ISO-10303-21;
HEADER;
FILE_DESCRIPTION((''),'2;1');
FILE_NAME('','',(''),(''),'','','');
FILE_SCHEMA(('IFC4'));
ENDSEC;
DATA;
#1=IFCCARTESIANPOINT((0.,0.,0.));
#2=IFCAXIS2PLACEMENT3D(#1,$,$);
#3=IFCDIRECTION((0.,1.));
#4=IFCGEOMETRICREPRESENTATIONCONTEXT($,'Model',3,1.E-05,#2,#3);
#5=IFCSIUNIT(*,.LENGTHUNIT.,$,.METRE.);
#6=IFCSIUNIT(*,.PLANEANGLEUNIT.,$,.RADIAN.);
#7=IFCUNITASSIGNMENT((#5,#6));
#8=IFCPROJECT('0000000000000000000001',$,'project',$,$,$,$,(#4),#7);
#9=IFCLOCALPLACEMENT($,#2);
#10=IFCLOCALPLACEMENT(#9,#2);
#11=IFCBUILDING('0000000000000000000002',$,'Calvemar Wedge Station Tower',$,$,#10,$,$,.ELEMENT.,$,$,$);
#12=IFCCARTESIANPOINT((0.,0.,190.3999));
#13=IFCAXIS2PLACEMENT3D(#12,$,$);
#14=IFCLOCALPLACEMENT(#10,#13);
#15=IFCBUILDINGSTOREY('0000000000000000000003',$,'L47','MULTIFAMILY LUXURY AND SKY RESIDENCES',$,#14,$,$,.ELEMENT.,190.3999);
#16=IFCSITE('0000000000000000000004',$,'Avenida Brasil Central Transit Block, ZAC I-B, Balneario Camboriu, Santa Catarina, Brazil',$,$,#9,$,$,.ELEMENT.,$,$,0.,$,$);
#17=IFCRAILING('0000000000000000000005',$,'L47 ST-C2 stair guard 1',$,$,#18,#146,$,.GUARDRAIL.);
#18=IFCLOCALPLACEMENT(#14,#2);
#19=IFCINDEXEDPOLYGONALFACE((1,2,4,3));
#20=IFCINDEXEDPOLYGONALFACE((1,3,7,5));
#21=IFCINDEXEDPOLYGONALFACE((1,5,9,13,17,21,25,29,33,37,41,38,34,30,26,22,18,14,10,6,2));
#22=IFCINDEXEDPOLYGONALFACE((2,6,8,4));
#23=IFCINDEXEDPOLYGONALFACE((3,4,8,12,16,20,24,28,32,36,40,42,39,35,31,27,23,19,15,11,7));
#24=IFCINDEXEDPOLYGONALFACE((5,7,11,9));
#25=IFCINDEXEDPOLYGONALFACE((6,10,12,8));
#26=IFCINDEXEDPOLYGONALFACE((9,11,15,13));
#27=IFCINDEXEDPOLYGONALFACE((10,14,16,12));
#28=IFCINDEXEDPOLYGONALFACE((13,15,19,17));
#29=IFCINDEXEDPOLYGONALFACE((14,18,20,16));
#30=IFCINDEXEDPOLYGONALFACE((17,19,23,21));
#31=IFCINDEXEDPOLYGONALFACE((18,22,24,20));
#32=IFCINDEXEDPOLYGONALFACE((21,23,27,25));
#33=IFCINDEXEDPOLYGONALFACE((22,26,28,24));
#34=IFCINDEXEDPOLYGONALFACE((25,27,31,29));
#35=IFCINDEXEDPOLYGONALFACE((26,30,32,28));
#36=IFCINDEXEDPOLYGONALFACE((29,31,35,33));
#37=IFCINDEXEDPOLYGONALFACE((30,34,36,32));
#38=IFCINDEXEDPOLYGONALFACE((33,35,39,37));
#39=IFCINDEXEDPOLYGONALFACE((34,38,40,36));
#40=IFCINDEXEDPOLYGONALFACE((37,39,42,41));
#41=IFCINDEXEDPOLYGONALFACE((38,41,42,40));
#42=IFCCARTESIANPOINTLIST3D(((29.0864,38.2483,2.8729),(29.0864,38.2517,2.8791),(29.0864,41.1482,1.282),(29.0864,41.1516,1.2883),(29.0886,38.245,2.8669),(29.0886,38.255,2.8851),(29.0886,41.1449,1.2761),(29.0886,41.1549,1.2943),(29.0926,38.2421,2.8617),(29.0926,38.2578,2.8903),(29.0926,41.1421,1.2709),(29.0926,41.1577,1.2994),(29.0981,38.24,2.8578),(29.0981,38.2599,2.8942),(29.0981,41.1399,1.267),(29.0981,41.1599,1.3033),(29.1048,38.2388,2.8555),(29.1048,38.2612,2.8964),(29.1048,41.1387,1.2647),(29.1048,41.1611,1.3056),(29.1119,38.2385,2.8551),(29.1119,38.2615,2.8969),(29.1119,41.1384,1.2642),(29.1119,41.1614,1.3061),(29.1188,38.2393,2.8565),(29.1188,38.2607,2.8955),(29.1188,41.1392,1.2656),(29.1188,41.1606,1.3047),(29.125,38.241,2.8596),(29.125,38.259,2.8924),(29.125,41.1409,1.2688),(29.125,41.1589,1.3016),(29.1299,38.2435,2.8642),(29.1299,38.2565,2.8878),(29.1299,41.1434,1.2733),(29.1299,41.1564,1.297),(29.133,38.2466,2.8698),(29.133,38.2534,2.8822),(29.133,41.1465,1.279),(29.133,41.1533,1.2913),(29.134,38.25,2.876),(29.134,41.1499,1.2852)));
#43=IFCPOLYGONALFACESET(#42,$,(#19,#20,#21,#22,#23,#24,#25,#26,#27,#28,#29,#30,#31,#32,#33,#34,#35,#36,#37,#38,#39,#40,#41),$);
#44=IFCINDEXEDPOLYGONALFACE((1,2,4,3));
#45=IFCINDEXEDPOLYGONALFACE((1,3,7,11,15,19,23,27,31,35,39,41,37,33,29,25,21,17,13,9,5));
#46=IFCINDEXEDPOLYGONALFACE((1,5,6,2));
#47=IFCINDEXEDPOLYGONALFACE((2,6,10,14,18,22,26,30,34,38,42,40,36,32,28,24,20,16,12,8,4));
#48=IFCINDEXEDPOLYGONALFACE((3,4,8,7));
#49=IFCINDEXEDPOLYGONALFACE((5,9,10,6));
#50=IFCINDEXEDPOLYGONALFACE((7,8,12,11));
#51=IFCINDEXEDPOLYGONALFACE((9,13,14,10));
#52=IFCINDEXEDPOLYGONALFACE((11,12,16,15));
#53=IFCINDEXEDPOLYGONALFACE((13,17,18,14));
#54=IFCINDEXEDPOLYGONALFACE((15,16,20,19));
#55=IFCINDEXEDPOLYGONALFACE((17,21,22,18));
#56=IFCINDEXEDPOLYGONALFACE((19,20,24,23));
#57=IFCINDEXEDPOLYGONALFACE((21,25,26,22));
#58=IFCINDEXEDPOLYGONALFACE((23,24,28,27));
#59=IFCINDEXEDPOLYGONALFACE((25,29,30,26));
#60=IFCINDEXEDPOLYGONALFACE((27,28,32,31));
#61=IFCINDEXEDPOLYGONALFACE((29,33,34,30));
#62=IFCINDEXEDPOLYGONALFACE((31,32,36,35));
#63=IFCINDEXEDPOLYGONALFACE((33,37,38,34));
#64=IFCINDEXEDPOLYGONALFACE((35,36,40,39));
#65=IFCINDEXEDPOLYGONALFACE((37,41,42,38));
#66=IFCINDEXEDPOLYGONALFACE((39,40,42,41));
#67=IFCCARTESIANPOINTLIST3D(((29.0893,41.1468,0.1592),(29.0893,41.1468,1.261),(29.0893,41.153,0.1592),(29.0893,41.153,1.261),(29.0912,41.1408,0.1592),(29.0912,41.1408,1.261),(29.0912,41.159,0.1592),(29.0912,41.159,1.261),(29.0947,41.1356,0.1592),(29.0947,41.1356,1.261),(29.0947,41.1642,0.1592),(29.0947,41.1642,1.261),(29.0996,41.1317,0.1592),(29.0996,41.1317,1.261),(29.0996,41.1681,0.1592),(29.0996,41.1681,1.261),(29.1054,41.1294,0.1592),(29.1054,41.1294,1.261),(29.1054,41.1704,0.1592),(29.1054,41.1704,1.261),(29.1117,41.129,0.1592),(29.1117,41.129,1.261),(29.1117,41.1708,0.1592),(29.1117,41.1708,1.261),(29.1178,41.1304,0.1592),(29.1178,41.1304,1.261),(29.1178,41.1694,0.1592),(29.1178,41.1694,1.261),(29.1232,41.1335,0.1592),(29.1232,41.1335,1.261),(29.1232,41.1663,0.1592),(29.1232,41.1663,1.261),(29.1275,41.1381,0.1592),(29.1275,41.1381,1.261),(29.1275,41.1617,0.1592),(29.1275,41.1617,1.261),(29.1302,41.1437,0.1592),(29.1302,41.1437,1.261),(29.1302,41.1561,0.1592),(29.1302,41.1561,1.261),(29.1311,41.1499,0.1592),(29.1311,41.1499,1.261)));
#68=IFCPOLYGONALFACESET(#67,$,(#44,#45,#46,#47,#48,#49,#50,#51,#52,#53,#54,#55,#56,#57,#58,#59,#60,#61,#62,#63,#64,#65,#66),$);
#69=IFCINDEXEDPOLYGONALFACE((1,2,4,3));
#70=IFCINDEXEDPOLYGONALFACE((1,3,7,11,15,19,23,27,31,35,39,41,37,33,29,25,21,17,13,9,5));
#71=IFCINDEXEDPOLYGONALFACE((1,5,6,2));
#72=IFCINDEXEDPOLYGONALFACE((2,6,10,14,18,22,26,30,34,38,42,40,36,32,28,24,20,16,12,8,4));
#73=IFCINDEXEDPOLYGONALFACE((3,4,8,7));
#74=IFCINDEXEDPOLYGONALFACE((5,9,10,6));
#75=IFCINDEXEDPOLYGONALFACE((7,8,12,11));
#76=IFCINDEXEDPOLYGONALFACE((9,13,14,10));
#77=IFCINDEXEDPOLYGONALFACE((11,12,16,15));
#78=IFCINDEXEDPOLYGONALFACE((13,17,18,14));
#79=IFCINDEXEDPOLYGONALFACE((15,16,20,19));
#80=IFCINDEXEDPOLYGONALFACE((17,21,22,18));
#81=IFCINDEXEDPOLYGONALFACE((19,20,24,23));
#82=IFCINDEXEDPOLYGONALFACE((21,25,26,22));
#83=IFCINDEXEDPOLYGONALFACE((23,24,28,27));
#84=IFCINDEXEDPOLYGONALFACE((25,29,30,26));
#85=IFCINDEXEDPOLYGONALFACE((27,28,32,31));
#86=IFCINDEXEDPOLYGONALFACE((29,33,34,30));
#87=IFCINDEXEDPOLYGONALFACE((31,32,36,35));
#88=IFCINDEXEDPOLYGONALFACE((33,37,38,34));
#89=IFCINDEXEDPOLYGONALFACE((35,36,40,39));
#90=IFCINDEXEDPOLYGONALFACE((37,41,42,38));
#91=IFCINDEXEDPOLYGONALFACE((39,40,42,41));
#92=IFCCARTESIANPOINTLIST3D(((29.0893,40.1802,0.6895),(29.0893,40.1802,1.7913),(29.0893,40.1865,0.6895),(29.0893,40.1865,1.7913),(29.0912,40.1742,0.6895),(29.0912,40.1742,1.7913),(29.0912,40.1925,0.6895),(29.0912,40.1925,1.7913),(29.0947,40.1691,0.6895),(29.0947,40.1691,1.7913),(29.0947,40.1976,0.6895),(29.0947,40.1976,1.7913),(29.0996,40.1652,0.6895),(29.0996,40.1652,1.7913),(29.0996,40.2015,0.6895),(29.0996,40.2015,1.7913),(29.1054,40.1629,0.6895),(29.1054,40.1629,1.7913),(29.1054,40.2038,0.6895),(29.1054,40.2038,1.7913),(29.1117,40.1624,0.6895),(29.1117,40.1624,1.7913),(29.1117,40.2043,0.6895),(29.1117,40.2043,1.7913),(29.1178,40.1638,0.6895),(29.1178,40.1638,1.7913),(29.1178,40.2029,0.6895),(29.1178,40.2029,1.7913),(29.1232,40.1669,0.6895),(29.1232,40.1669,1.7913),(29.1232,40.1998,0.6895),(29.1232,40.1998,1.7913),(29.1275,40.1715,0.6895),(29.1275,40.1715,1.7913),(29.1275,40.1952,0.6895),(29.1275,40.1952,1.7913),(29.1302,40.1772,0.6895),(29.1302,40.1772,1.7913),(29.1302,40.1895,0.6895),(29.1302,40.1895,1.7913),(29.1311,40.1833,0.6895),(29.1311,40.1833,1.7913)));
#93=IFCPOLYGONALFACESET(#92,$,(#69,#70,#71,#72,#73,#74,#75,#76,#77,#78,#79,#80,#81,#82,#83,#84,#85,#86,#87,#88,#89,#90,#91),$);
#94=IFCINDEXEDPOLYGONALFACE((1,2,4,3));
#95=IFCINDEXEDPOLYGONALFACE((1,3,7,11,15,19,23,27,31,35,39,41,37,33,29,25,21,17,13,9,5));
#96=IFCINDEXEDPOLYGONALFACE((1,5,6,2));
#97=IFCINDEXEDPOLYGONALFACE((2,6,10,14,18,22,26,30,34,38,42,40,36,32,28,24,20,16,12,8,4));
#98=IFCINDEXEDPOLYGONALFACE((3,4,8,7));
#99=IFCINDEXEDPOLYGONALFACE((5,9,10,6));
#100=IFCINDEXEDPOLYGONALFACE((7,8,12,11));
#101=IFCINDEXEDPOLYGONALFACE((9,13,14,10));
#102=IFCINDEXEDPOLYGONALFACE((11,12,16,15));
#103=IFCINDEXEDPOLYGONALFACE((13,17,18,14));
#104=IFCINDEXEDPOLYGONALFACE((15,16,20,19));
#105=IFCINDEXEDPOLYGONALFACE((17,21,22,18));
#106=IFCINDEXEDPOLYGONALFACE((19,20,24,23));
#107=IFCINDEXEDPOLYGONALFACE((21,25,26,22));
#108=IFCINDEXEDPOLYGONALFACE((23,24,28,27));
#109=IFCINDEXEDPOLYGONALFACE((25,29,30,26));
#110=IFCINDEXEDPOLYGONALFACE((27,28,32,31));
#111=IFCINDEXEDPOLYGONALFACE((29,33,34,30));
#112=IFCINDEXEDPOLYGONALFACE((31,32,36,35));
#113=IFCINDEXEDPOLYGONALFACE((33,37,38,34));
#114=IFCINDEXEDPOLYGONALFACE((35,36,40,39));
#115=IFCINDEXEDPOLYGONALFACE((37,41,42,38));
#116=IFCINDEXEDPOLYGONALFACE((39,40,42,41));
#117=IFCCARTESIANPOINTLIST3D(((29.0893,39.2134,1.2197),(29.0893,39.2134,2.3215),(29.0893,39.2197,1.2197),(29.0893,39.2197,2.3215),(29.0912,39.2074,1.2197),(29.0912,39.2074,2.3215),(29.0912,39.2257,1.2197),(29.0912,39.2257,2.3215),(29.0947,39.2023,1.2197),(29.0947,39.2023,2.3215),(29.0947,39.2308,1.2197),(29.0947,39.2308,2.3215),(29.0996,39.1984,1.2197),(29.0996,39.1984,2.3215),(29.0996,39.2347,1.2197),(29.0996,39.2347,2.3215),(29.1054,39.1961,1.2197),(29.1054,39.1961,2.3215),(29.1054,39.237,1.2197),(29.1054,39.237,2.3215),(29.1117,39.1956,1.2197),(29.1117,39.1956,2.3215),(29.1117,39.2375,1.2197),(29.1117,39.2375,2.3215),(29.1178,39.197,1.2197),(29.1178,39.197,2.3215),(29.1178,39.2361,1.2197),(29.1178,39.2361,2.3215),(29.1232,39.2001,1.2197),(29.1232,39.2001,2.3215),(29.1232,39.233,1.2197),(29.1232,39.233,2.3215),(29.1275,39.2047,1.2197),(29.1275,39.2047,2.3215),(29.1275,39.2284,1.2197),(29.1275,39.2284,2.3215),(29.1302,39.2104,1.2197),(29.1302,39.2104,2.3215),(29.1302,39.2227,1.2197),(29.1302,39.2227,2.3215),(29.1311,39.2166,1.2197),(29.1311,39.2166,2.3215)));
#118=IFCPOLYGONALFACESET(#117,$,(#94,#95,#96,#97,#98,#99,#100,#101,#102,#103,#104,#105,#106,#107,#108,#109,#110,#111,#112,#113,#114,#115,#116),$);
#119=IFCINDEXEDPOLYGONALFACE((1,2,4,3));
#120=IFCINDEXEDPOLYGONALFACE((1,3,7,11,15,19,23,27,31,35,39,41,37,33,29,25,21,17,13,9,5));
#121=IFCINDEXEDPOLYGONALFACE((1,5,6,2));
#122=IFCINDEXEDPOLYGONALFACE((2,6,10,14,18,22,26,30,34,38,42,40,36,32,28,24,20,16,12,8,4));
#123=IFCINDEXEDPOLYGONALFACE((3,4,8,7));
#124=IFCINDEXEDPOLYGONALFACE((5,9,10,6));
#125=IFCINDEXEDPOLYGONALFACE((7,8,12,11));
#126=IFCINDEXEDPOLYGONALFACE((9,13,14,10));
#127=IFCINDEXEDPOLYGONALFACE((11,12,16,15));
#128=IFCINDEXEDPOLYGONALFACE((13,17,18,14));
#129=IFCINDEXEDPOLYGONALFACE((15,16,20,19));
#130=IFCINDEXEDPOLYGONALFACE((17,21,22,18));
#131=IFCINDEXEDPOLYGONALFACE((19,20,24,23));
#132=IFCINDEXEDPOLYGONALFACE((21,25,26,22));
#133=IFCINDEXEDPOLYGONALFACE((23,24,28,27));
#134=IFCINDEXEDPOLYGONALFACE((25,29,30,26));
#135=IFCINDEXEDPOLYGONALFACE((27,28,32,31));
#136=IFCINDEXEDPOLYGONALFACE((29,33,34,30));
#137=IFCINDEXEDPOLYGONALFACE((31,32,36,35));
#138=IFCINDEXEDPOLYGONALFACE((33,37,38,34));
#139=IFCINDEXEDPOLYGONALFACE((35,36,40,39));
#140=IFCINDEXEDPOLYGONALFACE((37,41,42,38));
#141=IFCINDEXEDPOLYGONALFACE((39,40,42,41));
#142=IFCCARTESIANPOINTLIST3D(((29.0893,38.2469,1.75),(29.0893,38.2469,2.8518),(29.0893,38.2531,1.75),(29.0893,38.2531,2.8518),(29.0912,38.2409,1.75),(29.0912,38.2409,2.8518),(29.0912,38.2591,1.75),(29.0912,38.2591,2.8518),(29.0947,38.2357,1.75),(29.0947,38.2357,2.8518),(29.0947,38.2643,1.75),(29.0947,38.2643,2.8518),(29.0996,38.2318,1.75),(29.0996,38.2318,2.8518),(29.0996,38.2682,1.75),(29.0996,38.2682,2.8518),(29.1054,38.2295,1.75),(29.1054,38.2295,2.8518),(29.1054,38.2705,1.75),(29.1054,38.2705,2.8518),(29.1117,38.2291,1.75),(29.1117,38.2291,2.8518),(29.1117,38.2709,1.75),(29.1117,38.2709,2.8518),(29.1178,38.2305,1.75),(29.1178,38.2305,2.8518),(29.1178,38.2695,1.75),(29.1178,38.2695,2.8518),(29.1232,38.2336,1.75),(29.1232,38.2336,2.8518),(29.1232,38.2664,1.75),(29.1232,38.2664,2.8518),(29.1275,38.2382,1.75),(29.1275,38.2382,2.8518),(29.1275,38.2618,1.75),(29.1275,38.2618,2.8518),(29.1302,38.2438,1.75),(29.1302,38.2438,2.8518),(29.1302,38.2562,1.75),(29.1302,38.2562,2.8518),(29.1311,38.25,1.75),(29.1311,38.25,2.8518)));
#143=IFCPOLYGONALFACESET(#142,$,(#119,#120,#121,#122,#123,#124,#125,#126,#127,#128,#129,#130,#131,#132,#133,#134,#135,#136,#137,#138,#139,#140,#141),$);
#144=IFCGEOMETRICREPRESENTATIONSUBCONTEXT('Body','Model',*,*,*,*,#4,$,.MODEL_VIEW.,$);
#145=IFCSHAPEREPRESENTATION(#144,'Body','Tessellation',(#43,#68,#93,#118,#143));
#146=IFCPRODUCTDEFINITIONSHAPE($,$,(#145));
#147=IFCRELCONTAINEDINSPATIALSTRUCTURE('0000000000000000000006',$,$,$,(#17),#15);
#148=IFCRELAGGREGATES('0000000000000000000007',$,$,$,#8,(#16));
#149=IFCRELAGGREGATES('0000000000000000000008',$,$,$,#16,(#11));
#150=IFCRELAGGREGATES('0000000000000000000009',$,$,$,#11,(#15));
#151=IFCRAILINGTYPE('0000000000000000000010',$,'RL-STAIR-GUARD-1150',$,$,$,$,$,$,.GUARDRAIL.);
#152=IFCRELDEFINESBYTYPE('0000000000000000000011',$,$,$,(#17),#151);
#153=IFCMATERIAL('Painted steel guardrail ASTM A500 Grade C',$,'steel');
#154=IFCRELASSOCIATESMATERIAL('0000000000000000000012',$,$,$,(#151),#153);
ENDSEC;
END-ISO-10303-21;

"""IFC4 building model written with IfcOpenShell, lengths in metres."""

from ifc_helpers import new_model, si_unit, direction, frame, origin, origin_2d, place, context, subcontext, project, spatial, circle, extrude, material, type_object, element, save


model = new_model("IFC4")

# Units and contexts
model_context = context("Model", 3, precision=1e-05, world=origin(), true_north=direction((0.0, 1.0)))
body_context = subcontext(model_context, "Body", "Model", "MODEL_VIEW")
ifc_project = project(units=[si_unit("LENGTHUNIT", "METRE"), si_unit("PLANEANGLEUNIT", "RADIAN")], contexts=[model_context])

# Site, building, storey
site_placement = place(None, origin())
site = spatial("IfcSite", under=ifc_project, at=site_placement, Name="Avenida Brasil Central Transit Block, ZAC I-B, Balneario Camboriu, Santa Catarina, Brazil", CompositionType="ELEMENT", RefElevation=0.0)
building_placement = place(site_placement, origin())
building = spatial("IfcBuilding", under=site, at=building_placement, Name="Calvemar Wedge Station Tower", CompositionType="ELEMENT")
storey_placement = place(building_placement, frame((0.0, 0.0, 190.3999)))
storey = spatial("IfcBuildingStorey", under=building, at=storey_placement, Name="L47", Description="MULTIFAMILY LUXURY AND SKY RESIDENCES", CompositionType="ELEMENT", Elevation=190.3999)

# Railing
ifc_material_1 = material(Name="Painted steel guardrail ASTM A500 Grade C", Category="steel")
railing_type_1 = type_object("IfcRailingType", Name="RL-STAIR-GUARD-1150", PredefinedType="GUARDRAIL", material=ifc_material_1)
railing_1_placement = place(storey_placement, frame((29.1101, 41.1499, 0.1592)))
element("IfcRailing", 1, at=railing_1_placement, inside=storey, type_object=railing_type_1, Name="L47 ST-C2 stair guard 1", PredefinedType="GUARDRAIL", context=body_context, shape_type="SweptSolid", body=[
    extrude(circle(Radius=0.0239, at=origin_2d()), frame((0.0, 0.0, 1.126), z_axis=(0.0, -0.876742, 0.480961), x_axis=(1.0, 0.0, 0.0)), (0.0, 0.0, 1.0), 3.3076),
    extrude(circle(Radius=0.021, at=origin_2d()), origin(), (0.0, 0.0, 1.0), 1.1018),
    extrude(circle(Radius=0.021, at=origin_2d()), frame((0.0, -0.9666, 0.5303)), (0.0, 0.0, 1.0), 1.1018),
    extrude(circle(Radius=0.021, at=origin_2d()), frame((0.0, -1.9333, 1.0605)), (0.0, 0.0, 1.0), 1.1018),
    extrude(circle(Radius=0.021, at=origin_2d()), frame((0.0, -2.8999, 1.5908)), (0.0, 0.0, 1.0), 1.1018),
])

save(model, "model.ifc")
